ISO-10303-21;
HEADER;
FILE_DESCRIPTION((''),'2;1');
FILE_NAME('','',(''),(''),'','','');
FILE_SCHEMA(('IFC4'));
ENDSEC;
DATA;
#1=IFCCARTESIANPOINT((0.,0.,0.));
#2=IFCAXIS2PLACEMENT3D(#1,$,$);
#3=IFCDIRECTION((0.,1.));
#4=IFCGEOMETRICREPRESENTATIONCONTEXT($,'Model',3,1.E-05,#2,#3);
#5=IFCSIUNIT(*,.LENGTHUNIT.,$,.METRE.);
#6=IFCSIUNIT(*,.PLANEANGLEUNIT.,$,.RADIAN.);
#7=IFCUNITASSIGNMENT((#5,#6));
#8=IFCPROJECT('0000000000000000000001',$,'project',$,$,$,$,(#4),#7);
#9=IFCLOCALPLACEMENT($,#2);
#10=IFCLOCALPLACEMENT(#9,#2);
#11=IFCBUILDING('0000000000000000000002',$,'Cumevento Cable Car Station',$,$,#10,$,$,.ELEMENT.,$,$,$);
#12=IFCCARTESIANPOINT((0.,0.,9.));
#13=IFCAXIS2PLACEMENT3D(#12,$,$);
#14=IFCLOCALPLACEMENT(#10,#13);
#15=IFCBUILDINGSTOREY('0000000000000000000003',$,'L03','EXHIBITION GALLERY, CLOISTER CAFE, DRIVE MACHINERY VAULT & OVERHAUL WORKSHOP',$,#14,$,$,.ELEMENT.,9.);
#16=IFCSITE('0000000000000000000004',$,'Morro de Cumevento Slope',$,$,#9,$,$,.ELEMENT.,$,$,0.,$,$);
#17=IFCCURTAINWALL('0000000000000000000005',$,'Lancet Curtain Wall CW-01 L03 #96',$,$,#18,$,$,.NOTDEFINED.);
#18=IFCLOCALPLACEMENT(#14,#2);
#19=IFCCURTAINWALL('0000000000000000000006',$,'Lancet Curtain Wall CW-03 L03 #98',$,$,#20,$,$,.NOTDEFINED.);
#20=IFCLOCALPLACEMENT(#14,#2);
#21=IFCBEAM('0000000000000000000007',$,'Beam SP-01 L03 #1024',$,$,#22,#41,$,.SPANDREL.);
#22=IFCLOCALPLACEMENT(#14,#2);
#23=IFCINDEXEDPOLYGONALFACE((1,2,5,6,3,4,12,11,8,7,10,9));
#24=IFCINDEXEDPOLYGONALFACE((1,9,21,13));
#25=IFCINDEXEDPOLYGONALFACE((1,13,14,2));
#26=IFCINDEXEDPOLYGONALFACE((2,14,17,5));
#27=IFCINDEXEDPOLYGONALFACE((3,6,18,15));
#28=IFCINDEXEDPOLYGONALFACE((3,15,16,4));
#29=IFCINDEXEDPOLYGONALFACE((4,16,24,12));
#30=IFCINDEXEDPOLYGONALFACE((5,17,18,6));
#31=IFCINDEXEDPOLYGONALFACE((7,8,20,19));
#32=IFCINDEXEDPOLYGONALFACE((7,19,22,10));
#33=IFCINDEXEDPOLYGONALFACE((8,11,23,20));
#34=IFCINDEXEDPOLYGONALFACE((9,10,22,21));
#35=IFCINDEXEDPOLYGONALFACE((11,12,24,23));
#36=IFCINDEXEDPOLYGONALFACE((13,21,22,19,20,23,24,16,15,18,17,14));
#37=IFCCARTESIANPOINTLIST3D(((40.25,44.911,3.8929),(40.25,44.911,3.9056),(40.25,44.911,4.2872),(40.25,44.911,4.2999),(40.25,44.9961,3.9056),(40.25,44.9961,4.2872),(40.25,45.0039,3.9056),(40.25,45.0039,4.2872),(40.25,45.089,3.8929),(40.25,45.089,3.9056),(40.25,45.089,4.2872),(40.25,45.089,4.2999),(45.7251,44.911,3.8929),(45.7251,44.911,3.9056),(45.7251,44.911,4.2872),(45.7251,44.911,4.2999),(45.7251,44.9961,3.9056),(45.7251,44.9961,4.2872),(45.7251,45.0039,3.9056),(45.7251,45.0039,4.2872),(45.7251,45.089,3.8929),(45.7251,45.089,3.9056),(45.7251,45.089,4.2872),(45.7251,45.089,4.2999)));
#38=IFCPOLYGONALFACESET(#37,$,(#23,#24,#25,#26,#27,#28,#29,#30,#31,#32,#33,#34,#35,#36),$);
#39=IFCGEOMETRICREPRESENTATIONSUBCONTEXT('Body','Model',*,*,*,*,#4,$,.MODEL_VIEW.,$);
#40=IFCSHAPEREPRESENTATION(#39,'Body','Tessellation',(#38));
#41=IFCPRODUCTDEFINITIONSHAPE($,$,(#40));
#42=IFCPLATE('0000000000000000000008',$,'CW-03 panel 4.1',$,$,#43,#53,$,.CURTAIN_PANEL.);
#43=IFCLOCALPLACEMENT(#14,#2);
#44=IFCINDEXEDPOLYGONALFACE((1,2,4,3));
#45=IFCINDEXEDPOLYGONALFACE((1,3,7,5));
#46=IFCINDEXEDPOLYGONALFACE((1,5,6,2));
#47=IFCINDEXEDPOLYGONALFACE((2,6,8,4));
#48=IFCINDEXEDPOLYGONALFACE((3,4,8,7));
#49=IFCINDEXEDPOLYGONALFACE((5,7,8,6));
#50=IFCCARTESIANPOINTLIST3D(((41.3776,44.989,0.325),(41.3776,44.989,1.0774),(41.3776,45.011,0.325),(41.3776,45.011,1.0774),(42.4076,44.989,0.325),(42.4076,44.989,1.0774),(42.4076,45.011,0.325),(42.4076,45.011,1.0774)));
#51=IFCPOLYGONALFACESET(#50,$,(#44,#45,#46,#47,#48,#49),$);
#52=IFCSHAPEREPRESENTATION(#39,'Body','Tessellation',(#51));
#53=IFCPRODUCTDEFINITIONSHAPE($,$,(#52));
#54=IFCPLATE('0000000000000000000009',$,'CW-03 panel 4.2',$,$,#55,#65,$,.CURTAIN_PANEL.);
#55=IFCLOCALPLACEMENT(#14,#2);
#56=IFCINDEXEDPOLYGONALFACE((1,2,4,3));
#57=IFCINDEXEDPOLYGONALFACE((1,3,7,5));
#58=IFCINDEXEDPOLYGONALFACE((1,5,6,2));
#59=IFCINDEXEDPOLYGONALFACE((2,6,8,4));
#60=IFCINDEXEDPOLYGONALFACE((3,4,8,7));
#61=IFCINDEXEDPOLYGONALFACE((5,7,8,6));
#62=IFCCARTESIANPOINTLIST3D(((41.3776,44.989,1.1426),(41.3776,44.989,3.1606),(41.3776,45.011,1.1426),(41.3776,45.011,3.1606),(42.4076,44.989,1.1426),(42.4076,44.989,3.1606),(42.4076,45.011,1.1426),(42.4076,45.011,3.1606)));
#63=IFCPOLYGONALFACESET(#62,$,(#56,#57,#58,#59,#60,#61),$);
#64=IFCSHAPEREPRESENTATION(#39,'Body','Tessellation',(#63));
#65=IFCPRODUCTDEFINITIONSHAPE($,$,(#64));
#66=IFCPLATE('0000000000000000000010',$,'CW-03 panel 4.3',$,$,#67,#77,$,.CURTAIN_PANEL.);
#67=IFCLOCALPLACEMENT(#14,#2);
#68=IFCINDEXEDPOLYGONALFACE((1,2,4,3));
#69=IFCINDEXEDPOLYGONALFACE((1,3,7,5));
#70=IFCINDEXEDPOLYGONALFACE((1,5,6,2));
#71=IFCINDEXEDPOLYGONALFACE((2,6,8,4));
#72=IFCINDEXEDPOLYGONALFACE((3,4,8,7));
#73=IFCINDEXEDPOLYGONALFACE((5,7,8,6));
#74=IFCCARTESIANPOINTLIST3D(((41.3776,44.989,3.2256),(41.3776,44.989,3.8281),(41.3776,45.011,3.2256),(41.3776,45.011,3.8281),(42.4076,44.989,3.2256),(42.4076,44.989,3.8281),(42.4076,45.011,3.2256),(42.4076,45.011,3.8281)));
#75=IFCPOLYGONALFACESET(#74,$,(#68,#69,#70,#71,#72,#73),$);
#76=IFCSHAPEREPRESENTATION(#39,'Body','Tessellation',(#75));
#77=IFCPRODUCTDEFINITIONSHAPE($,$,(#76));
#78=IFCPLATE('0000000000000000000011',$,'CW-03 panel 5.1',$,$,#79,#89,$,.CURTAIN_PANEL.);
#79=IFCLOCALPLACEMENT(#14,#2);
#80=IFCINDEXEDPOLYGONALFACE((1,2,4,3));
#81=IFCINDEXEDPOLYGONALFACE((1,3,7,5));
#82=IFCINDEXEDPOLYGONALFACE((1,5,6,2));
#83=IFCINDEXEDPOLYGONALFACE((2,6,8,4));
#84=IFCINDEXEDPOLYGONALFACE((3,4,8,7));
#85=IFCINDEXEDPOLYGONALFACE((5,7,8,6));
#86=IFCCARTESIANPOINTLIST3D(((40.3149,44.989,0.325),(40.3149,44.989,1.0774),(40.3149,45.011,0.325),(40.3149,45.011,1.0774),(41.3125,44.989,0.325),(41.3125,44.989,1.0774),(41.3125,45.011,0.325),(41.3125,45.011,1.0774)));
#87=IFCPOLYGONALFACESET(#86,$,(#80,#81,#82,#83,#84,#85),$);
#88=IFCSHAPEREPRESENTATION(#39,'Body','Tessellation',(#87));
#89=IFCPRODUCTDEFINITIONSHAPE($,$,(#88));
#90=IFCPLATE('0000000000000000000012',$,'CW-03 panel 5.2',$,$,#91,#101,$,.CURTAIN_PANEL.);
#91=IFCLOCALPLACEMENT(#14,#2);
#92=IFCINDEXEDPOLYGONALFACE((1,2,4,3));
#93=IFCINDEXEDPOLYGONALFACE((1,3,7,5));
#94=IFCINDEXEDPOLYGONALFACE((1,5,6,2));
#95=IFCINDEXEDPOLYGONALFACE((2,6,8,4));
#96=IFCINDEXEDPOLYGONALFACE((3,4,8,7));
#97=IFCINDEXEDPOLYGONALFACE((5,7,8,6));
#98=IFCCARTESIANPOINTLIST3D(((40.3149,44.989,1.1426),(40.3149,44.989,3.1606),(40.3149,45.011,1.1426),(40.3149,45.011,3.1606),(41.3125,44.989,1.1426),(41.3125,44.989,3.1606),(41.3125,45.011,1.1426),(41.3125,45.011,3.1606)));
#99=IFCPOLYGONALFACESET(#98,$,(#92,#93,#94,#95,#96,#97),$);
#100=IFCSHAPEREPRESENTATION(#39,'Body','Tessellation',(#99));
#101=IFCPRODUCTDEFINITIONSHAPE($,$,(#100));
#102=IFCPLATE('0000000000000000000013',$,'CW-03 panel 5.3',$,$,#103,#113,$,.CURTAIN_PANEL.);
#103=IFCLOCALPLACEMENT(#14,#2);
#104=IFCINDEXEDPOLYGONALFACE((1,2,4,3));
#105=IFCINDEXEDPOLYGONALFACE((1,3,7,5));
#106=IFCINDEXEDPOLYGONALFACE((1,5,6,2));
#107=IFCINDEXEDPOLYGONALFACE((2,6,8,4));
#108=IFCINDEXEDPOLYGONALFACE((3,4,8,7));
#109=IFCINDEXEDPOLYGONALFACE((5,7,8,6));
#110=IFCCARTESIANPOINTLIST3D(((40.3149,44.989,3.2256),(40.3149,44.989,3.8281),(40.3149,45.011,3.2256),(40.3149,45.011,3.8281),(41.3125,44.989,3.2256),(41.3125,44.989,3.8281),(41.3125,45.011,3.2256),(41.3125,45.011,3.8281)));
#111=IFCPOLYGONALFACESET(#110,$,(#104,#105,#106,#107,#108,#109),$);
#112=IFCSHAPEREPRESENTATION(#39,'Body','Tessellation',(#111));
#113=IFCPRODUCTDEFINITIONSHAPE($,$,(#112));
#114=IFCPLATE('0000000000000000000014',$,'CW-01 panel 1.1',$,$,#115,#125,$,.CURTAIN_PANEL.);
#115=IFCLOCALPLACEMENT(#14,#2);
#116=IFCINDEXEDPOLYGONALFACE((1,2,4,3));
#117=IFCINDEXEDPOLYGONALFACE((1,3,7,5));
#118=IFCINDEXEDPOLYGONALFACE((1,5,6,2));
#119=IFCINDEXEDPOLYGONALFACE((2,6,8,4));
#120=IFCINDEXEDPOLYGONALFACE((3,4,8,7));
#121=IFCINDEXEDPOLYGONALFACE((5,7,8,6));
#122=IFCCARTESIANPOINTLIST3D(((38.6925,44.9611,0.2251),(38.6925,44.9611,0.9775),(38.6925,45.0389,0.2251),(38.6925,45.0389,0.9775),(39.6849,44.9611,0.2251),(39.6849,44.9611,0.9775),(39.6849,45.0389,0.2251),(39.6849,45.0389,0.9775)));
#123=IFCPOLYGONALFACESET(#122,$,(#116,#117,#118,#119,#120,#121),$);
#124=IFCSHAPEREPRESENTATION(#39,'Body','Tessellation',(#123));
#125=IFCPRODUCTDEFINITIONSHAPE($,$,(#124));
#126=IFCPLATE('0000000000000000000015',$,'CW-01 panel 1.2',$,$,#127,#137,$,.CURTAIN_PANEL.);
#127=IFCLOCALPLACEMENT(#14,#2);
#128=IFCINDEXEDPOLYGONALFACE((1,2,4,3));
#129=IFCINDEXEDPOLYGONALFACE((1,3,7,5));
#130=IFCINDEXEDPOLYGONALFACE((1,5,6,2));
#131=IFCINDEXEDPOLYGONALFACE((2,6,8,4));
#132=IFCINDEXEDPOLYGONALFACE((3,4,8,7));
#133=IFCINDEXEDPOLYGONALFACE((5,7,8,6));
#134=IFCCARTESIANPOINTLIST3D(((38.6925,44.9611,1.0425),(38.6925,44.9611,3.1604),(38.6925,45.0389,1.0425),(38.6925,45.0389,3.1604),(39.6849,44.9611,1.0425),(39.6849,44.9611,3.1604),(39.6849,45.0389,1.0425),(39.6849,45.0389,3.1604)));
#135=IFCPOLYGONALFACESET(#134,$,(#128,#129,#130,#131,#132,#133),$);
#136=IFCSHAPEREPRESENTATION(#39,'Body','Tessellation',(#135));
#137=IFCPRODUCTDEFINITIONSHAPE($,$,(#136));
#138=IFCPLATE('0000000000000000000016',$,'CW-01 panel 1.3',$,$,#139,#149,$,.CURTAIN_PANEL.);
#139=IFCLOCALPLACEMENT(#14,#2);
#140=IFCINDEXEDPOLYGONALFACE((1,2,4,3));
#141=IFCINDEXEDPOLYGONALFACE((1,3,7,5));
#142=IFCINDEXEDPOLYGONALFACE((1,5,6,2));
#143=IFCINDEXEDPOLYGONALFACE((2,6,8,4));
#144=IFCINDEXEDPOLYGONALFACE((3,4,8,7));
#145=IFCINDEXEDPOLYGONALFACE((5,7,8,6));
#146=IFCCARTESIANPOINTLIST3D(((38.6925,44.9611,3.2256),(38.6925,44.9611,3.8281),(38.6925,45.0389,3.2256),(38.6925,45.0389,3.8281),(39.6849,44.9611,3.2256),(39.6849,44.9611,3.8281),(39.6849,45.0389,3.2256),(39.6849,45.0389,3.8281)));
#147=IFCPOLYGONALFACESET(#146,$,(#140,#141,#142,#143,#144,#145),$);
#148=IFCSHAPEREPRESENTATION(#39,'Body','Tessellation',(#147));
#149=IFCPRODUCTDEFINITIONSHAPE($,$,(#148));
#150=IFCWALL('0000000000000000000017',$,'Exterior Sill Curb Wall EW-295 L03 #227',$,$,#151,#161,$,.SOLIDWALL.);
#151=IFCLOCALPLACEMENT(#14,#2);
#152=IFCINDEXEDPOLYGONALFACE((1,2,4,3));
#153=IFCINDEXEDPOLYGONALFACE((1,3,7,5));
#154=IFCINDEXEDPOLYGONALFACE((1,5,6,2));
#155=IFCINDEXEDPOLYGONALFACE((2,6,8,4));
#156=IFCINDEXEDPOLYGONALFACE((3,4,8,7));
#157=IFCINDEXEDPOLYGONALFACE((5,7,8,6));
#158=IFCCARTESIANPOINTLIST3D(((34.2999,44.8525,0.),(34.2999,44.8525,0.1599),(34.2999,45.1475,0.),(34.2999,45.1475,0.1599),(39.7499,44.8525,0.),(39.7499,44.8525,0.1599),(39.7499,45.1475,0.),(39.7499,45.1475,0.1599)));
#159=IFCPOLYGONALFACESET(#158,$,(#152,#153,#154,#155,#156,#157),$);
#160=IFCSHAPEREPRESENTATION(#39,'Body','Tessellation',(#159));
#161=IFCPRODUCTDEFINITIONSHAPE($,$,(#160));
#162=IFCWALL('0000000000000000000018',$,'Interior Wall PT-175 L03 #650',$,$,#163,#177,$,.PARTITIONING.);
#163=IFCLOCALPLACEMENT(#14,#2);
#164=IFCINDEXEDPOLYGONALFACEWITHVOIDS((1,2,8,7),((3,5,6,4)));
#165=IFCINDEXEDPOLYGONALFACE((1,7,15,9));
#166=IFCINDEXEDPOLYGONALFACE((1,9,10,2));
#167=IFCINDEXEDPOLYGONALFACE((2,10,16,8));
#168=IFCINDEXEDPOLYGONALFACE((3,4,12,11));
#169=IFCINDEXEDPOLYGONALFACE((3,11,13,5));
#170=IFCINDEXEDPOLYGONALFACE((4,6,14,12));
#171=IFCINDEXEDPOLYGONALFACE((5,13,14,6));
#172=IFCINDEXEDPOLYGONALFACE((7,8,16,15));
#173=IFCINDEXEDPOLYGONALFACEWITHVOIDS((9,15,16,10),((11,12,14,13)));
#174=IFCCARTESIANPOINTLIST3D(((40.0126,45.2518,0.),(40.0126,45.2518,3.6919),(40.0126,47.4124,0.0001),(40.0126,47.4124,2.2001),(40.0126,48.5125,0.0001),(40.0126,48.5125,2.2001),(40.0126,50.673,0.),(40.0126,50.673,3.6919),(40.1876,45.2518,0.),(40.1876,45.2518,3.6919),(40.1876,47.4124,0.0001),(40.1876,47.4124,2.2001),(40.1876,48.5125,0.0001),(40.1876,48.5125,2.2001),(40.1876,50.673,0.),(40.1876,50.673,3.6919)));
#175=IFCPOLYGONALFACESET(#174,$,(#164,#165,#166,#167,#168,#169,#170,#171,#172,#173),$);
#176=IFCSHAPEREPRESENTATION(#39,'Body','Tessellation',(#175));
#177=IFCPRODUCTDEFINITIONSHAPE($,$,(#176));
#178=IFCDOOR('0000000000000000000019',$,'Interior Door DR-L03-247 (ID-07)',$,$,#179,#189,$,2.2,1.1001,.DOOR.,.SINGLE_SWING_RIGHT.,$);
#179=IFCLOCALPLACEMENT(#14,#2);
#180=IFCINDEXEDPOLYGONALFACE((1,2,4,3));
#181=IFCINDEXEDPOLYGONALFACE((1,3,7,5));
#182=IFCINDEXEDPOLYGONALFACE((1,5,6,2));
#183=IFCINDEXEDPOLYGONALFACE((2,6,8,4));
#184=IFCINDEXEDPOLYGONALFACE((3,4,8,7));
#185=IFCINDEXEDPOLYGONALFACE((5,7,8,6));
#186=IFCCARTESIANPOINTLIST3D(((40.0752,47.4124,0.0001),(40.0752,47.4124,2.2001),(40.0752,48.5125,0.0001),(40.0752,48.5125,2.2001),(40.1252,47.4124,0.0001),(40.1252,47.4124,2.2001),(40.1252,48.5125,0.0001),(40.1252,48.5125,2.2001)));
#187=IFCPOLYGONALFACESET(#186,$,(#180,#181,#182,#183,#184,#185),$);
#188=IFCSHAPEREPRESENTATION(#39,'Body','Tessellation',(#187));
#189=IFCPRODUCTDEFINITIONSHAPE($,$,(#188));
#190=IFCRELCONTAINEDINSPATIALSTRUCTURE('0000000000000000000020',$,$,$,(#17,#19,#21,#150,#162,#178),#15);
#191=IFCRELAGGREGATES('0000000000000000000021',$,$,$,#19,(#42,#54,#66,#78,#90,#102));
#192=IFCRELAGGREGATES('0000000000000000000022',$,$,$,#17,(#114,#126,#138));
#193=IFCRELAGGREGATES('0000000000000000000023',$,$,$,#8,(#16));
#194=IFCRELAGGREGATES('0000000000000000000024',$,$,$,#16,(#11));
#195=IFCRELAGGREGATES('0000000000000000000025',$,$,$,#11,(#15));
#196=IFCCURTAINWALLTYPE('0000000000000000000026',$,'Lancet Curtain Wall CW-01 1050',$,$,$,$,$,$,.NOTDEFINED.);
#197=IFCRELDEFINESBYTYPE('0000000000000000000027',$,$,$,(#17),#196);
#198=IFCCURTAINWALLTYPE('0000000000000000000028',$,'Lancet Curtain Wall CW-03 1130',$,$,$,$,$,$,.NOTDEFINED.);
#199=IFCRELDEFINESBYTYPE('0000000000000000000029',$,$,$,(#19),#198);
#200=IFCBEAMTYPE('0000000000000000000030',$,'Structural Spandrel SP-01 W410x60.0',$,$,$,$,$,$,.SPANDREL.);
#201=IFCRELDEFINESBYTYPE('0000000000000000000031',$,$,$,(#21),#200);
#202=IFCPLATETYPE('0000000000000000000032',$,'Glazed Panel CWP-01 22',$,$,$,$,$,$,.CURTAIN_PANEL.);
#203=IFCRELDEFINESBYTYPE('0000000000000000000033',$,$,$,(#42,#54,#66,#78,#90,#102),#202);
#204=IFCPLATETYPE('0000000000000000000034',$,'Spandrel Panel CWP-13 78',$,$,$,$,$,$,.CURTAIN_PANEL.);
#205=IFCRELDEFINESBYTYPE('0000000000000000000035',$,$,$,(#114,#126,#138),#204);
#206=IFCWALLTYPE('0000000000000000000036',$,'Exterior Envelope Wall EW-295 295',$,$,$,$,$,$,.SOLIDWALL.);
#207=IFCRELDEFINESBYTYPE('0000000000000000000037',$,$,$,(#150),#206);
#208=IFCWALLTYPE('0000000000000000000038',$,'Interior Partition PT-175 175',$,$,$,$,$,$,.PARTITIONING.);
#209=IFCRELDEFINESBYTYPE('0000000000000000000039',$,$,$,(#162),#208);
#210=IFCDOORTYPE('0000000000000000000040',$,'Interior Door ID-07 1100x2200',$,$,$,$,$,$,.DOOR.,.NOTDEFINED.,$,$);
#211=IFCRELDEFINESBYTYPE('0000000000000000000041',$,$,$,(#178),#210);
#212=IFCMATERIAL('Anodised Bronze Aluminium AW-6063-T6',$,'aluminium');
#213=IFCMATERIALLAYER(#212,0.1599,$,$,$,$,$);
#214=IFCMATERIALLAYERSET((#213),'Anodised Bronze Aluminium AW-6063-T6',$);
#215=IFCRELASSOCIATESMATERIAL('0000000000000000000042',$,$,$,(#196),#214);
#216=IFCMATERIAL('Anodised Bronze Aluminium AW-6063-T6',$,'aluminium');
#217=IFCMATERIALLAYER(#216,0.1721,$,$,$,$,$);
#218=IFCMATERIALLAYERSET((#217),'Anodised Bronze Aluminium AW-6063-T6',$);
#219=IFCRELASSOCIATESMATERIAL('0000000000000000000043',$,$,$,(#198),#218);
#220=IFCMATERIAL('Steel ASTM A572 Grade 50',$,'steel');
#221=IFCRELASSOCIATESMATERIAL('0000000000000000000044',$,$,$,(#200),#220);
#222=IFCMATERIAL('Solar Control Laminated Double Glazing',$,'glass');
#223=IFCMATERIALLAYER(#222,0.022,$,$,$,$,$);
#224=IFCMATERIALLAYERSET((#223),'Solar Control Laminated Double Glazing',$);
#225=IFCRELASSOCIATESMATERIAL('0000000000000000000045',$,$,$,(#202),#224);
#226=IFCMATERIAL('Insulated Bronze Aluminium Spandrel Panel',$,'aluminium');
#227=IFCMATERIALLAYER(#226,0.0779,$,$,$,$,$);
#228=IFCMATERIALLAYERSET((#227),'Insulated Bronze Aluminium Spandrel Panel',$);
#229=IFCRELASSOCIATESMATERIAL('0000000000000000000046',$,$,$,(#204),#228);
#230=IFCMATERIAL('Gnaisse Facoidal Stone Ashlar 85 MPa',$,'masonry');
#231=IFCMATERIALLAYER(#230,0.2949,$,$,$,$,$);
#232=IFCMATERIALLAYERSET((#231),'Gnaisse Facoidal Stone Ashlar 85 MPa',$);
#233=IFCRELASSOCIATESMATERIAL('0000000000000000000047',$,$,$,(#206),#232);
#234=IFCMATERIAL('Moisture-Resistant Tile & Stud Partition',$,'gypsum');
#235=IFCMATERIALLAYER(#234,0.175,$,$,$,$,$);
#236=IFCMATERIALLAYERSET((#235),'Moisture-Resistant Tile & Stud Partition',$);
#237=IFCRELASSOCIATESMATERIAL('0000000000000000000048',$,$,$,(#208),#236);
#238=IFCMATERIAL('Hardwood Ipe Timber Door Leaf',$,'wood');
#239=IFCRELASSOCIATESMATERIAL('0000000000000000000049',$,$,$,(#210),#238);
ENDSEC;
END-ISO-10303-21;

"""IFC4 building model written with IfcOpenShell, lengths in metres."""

from ifc_helpers import new_model, si_unit, direction, frame, frame_2d, origin, origin_2d, place, context, subcontext, project, spatial, rectangle, i_section, extrude, material, layer, layer_set, material_profile, profile_set, type_object, element, fill, aggregate, save


model = new_model("IFC4")

# Units and contexts
model_context = context("Model", 3, precision=1e-05, world=origin(), true_north=direction((0.0, 1.0)))
body_context = subcontext(model_context, "Body", "Model", "MODEL_VIEW")
ifc_project = project(units=[si_unit("LENGTHUNIT", "METRE"), si_unit("PLANEANGLEUNIT", "RADIAN")], contexts=[model_context])

# Site, building, storey
site_placement = place(None, origin())
site = spatial("IfcSite", under=ifc_project, at=site_placement, Name="Morro de Cumevento Slope", CompositionType="ELEMENT", RefElevation=0.0)
building_placement = place(site_placement, origin())
building = spatial("IfcBuilding", under=site, at=building_placement, Name="Cumevento Cable Car Station", CompositionType="ELEMENT")
storey_placement = place(building_placement, frame((0.0, 0.0, 9.0)))
storey = spatial("IfcBuildingStorey", under=building, at=storey_placement, Name="L03", Description="EXHIBITION GALLERY, CLOISTER CAFE, DRIVE MACHINERY VAULT & OVERHAUL WORKSHOP", CompositionType="ELEMENT", Elevation=9.0)

# Curtain walls
ifc_material_1 = material(Name="Anodised Bronze Aluminium AW-6063-T6", Category="aluminium")
ifc_layer_1 = layer(ifc_material_1, 0.1599)
ifc_layer_set_1 = layer_set([ifc_layer_1], Name="Anodised Bronze Aluminium AW-6063-T6")
curtain_wall_type_1 = type_object("IfcCurtainWallType", Name="Lancet Curtain Wall CW-01 1050", PredefinedType="NOTDEFINED", material=ifc_layer_set_1)
curtain_wall_1_placement = place(storey_placement, origin())
curtain_wall_1 = element("IfcCurtainWall", 1, at=curtain_wall_1_placement, inside=storey, type_object=curtain_wall_type_1, Name="Lancet Curtain Wall CW-01 L03 #96", PredefinedType="NOTDEFINED")
ifc_material_2 = material(Name="Anodised Bronze Aluminium AW-6063-T6", Category="aluminium")
ifc_layer_2 = layer(ifc_material_2, 0.1721)
ifc_layer_set_2 = layer_set([ifc_layer_2], Name="Anodised Bronze Aluminium AW-6063-T6")
curtain_wall_type_2 = type_object("IfcCurtainWallType", Name="Lancet Curtain Wall CW-03 1130", PredefinedType="NOTDEFINED", material=ifc_layer_set_2)
curtain_wall_2_placement = place(storey_placement, origin())
curtain_wall_2 = element("IfcCurtainWall", 2, at=curtain_wall_2_placement, inside=storey, type_object=curtain_wall_type_2, Name="Lancet Curtain Wall CW-03 L03 #98", PredefinedType="NOTDEFINED")

# Beam
ifc_material_3 = material(Name="Steel ASTM A572 Grade 50", Category="steel")
ifc_material_profile_1 = material_profile(ifc_material_3, i_section(OverallWidth=0.178, OverallDepth=0.407, WebThickness=0.0078, FlangeThickness=0.0127, at=origin_2d()), Name="W410x60.0")
ifc_profile_set_1 = profile_set([ifc_material_profile_1], Name="Steel ASTM A572 Grade 50")
beam_type_1 = type_object("IfcBeamType", Name="Structural Spandrel SP-01 W410x60.0", PredefinedType="SPANDREL", material=ifc_profile_set_1)
beam_1_placement = place(storey_placement, frame((40.25, 45.0, 4.0964), z_axis=(1.0, 0.0, 0.0), x_axis=(0.0, 1.0, 0.0)))
element("IfcBeam", 3, at=beam_1_placement, inside=storey, type_object=beam_type_1, Name="Beam SP-01 L03 #1024", PredefinedType="SPANDREL", context=body_context, shape_type="SweptSolid", body=[
    extrude(i_section(OverallWidth=0.178, OverallDepth=0.407, WebThickness=0.0078, FlangeThickness=0.0127, at=origin_2d()), origin(), (0.0, 0.0, 1.0), 5.4751),
])

# Plates
ifc_material_4 = material(Name="Solar Control Laminated Double Glazing", Category="glass")
ifc_layer_3 = layer(ifc_material_4, 0.022)
ifc_layer_set_3 = layer_set([ifc_layer_3], Name="Solar Control Laminated Double Glazing")
plate_type_1 = type_object("IfcPlateType", Name="Glazed Panel CWP-01 22", PredefinedType="CURTAIN_PANEL", material=ifc_layer_set_3)
plate_1_placement = place(storey_placement, frame((41.8926, 45.0, 0.325), z_axis=(0.0, 0.0, 1.0), x_axis=(-1.0, 0.0, 0.0)))
plate_1 = element("IfcPlate", 4, at=plate_1_placement, type_object=plate_type_1, Name="CW-03 panel 4.1", PredefinedType="CURTAIN_PANEL", context=body_context, shape_type="SweptSolid", body=[
    extrude(rectangle(XDim=1.03, YDim=0.022, at=origin_2d()), origin(), (0.0, 0.0, 1.0), 0.7524),
])
plate_2_placement = place(storey_placement, frame((41.8926, 45.0, 1.1426), z_axis=(0.0, 0.0, 1.0), x_axis=(-1.0, 0.0, 0.0)))
plate_2 = element("IfcPlate", 5, at=plate_2_placement, type_object=plate_type_1, Name="CW-03 panel 4.2", PredefinedType="CURTAIN_PANEL", context=body_context, shape_type="SweptSolid", body=[
    extrude(rectangle(XDim=1.03, YDim=0.022, at=origin_2d()), origin(), (0.0, 0.0, 1.0), 2.0181),
])
plate_3_placement = place(storey_placement, frame((41.8926, 45.0, 3.2256), z_axis=(0.0, 0.0, 1.0), x_axis=(-1.0, 0.0, 0.0)))
plate_3 = element("IfcPlate", 6, at=plate_3_placement, type_object=plate_type_1, Name="CW-03 panel 4.3", PredefinedType="CURTAIN_PANEL", context=body_context, shape_type="SweptSolid", body=[
    extrude(rectangle(XDim=1.03, YDim=0.022, at=origin_2d()), origin(), (0.0, 0.0, 1.0), 0.6025),
])
plate_4_placement = place(storey_placement, frame((40.8137, 45.0, 0.325), z_axis=(0.0, 0.0, 1.0), x_axis=(-1.0, 0.0, 0.0)))
plate_4 = element("IfcPlate", 7, at=plate_4_placement, type_object=plate_type_1, Name="CW-03 panel 5.1", PredefinedType="CURTAIN_PANEL", context=body_context, shape_type="SweptSolid", body=[
    extrude(rectangle(XDim=0.9976, YDim=0.022, at=origin_2d()), origin(), (0.0, 0.0, 1.0), 0.7524),
])
plate_5_placement = place(storey_placement, frame((40.8137, 45.0, 1.1426), z_axis=(0.0, 0.0, 1.0), x_axis=(-1.0, 0.0, 0.0)))
plate_5 = element("IfcPlate", 8, at=plate_5_placement, type_object=plate_type_1, Name="CW-03 panel 5.2", PredefinedType="CURTAIN_PANEL", context=body_context, shape_type="SweptSolid", body=[
    extrude(rectangle(XDim=0.9976, YDim=0.022, at=origin_2d()), origin(), (0.0, 0.0, 1.0), 2.0181),
])
plate_6_placement = place(storey_placement, frame((40.8137, 45.0, 3.2256), z_axis=(0.0, 0.0, 1.0), x_axis=(-1.0, 0.0, 0.0)))
plate_6 = element("IfcPlate", 9, at=plate_6_placement, type_object=plate_type_1, Name="CW-03 panel 5.3", PredefinedType="CURTAIN_PANEL", context=body_context, shape_type="SweptSolid", body=[
    extrude(rectangle(XDim=0.9976, YDim=0.022, at=origin_2d()), origin(), (0.0, 0.0, 1.0), 0.6025),
])
aggregate(curtain_wall_2, [plate_1, plate_2, plate_3, plate_4, plate_5, plate_6])
ifc_material_5 = material(Name="Insulated Bronze Aluminium Spandrel Panel", Category="aluminium")
ifc_layer_4 = layer(ifc_material_5, 0.0779)
ifc_layer_set_4 = layer_set([ifc_layer_4], Name="Insulated Bronze Aluminium Spandrel Panel")
plate_type_2 = type_object("IfcPlateType", Name="Spandrel Panel CWP-13 78", PredefinedType="CURTAIN_PANEL", material=ifc_layer_set_4)
plate_7_placement = place(storey_placement, frame((39.1887, 45.0, 0.2251), z_axis=(0.0, 0.0, 1.0), x_axis=(-1.0, 0.0, 0.0)))
plate_7 = element("IfcPlate", 10, at=plate_7_placement, type_object=plate_type_2, Name="CW-01 panel 1.1", PredefinedType="CURTAIN_PANEL", context=body_context, shape_type="SweptSolid", body=[
    extrude(rectangle(XDim=0.9924, YDim=0.0779, at=origin_2d()), origin(), (0.0, 0.0, 1.0), 0.7524),
])
plate_8_placement = place(storey_placement, frame((39.1887, 45.0, 1.0425), z_axis=(0.0, 0.0, 1.0), x_axis=(-1.0, 0.0, 0.0)))
plate_8 = element("IfcPlate", 11, at=plate_8_placement, type_object=plate_type_2, Name="CW-01 panel 1.2", PredefinedType="CURTAIN_PANEL", context=body_context, shape_type="SweptSolid", body=[
    extrude(rectangle(XDim=0.9924, YDim=0.0779, at=origin_2d()), origin(), (0.0, 0.0, 1.0), 2.1179),
])
plate_9_placement = place(storey_placement, frame((39.1887, 45.0, 3.2256), z_axis=(0.0, 0.0, 1.0), x_axis=(-1.0, 0.0, 0.0)))
plate_9 = element("IfcPlate", 12, at=plate_9_placement, type_object=plate_type_2, Name="CW-01 panel 1.3", PredefinedType="CURTAIN_PANEL", context=body_context, shape_type="SweptSolid", body=[
    extrude(rectangle(XDim=0.9924, YDim=0.0779, at=origin_2d()), origin(), (0.0, 0.0, 1.0), 0.6025),
])
aggregate(curtain_wall_1, [plate_7, plate_8, plate_9])

# Wall
ifc_material_6 = material(Name="Gnaisse Facoidal Stone Ashlar 85 MPa", Category="masonry")
ifc_layer_5 = layer(ifc_material_6, 0.2949)
ifc_layer_set_5 = layer_set([ifc_layer_5], Name="Gnaisse Facoidal Stone Ashlar 85 MPa")
wall_type_1 = type_object("IfcWallType", Name="Exterior Envelope Wall EW-295 295", PredefinedType="SOLIDWALL", material=ifc_layer_set_5)
wall_1_placement = place(storey_placement, frame((39.75, 45.0, 0.0), z_axis=(0.0, 0.0, 1.0), x_axis=(-1.0, 0.0, 0.0)))
element("IfcWall", 13, at=wall_1_placement, inside=storey, type_object=wall_type_1, Name="Exterior Sill Curb Wall EW-295 L03 #227", PredefinedType="SOLIDWALL", context=body_context, shape_type="SweptSolid", body=[
    extrude(rectangle(XDim=5.45, YDim=0.2949, at=frame_2d((2.7251, 0.0))), origin(), (0.0, 0.0, 1.0), 0.1599),
])

# Wall, opening, door
ifc_material_7 = material(Name="Moisture-Resistant Tile & Stud Partition", Category="gypsum")
ifc_layer_6 = layer(ifc_material_7, 0.175)
ifc_layer_set_6 = layer_set([ifc_layer_6], Name="Moisture-Resistant Tile & Stud Partition")
wall_type_2 = type_object("IfcWallType", Name="Interior Partition PT-175 175", PredefinedType="PARTITIONING", material=ifc_layer_set_6)
wall_2_placement = place(storey_placement, frame((40.1001, 45.252, 0.0), z_axis=(0.0, 0.0, 1.0), x_axis=(0.0, 1.0, 0.0)))
wall_2 = element("IfcWall", 14, at=wall_2_placement, inside=storey, type_object=wall_type_2, Name="Interior Wall PT-175 L03 #650", PredefinedType="PARTITIONING", context=body_context, shape_type="SweptSolid", body=[
    extrude(rectangle(XDim=5.4211, YDim=0.175, at=frame_2d((2.7104, 0.0))), origin(), (0.0, 0.0, 1.0), 3.6919),
])
opening_placement = place(wall_2_placement, frame((2.1604, 0.0, 0.0)))
opening = element("IfcOpeningElement", 15, at=opening_placement, cuts=wall_2, PredefinedType="OPENING", context=body_context, shape_type="SweptSolid", body=[
    extrude(rectangle(XDim=1.1001, YDim=2.2, at=frame_2d((0.55, 1.1001))), frame((0.0, 0.0974, 0.0), z_axis=(0.0, -1.0, 0.0), x_axis=(1.0, 0.0, 0.0)), (0.0, 0.0, 1.0), 0.1951),
])
ifc_material_8 = material(Name="Hardwood Ipe Timber Door Leaf", Category="wood")
door_type = type_object("IfcDoorType", Name="Interior Door ID-07 1100x2200", OperationType="NOTDEFINED", PredefinedType="DOOR", material=ifc_material_8)
door_placement = place(opening_placement, origin())
door = element("IfcDoor", 16, at=door_placement, inside=storey, type_object=door_type, Name="Interior Door DR-L03-247 (ID-07)", OperationType="SINGLE_SWING_RIGHT", OverallHeight=2.2, OverallWidth=1.1001, PredefinedType="DOOR", context=body_context, shape_type="SweptSolid", body=[
    extrude(rectangle(XDim=1.1001, YDim=2.2, at=frame_2d((0.55, 1.1001))), frame((0.0, 0.0249, 0.0), z_axis=(0.0, -1.0, 0.0), x_axis=(1.0, 0.0, 0.0)), (0.0, 0.0, 1.0), 0.05),
])
fill(opening, door)

save(model, "model.ifc")
